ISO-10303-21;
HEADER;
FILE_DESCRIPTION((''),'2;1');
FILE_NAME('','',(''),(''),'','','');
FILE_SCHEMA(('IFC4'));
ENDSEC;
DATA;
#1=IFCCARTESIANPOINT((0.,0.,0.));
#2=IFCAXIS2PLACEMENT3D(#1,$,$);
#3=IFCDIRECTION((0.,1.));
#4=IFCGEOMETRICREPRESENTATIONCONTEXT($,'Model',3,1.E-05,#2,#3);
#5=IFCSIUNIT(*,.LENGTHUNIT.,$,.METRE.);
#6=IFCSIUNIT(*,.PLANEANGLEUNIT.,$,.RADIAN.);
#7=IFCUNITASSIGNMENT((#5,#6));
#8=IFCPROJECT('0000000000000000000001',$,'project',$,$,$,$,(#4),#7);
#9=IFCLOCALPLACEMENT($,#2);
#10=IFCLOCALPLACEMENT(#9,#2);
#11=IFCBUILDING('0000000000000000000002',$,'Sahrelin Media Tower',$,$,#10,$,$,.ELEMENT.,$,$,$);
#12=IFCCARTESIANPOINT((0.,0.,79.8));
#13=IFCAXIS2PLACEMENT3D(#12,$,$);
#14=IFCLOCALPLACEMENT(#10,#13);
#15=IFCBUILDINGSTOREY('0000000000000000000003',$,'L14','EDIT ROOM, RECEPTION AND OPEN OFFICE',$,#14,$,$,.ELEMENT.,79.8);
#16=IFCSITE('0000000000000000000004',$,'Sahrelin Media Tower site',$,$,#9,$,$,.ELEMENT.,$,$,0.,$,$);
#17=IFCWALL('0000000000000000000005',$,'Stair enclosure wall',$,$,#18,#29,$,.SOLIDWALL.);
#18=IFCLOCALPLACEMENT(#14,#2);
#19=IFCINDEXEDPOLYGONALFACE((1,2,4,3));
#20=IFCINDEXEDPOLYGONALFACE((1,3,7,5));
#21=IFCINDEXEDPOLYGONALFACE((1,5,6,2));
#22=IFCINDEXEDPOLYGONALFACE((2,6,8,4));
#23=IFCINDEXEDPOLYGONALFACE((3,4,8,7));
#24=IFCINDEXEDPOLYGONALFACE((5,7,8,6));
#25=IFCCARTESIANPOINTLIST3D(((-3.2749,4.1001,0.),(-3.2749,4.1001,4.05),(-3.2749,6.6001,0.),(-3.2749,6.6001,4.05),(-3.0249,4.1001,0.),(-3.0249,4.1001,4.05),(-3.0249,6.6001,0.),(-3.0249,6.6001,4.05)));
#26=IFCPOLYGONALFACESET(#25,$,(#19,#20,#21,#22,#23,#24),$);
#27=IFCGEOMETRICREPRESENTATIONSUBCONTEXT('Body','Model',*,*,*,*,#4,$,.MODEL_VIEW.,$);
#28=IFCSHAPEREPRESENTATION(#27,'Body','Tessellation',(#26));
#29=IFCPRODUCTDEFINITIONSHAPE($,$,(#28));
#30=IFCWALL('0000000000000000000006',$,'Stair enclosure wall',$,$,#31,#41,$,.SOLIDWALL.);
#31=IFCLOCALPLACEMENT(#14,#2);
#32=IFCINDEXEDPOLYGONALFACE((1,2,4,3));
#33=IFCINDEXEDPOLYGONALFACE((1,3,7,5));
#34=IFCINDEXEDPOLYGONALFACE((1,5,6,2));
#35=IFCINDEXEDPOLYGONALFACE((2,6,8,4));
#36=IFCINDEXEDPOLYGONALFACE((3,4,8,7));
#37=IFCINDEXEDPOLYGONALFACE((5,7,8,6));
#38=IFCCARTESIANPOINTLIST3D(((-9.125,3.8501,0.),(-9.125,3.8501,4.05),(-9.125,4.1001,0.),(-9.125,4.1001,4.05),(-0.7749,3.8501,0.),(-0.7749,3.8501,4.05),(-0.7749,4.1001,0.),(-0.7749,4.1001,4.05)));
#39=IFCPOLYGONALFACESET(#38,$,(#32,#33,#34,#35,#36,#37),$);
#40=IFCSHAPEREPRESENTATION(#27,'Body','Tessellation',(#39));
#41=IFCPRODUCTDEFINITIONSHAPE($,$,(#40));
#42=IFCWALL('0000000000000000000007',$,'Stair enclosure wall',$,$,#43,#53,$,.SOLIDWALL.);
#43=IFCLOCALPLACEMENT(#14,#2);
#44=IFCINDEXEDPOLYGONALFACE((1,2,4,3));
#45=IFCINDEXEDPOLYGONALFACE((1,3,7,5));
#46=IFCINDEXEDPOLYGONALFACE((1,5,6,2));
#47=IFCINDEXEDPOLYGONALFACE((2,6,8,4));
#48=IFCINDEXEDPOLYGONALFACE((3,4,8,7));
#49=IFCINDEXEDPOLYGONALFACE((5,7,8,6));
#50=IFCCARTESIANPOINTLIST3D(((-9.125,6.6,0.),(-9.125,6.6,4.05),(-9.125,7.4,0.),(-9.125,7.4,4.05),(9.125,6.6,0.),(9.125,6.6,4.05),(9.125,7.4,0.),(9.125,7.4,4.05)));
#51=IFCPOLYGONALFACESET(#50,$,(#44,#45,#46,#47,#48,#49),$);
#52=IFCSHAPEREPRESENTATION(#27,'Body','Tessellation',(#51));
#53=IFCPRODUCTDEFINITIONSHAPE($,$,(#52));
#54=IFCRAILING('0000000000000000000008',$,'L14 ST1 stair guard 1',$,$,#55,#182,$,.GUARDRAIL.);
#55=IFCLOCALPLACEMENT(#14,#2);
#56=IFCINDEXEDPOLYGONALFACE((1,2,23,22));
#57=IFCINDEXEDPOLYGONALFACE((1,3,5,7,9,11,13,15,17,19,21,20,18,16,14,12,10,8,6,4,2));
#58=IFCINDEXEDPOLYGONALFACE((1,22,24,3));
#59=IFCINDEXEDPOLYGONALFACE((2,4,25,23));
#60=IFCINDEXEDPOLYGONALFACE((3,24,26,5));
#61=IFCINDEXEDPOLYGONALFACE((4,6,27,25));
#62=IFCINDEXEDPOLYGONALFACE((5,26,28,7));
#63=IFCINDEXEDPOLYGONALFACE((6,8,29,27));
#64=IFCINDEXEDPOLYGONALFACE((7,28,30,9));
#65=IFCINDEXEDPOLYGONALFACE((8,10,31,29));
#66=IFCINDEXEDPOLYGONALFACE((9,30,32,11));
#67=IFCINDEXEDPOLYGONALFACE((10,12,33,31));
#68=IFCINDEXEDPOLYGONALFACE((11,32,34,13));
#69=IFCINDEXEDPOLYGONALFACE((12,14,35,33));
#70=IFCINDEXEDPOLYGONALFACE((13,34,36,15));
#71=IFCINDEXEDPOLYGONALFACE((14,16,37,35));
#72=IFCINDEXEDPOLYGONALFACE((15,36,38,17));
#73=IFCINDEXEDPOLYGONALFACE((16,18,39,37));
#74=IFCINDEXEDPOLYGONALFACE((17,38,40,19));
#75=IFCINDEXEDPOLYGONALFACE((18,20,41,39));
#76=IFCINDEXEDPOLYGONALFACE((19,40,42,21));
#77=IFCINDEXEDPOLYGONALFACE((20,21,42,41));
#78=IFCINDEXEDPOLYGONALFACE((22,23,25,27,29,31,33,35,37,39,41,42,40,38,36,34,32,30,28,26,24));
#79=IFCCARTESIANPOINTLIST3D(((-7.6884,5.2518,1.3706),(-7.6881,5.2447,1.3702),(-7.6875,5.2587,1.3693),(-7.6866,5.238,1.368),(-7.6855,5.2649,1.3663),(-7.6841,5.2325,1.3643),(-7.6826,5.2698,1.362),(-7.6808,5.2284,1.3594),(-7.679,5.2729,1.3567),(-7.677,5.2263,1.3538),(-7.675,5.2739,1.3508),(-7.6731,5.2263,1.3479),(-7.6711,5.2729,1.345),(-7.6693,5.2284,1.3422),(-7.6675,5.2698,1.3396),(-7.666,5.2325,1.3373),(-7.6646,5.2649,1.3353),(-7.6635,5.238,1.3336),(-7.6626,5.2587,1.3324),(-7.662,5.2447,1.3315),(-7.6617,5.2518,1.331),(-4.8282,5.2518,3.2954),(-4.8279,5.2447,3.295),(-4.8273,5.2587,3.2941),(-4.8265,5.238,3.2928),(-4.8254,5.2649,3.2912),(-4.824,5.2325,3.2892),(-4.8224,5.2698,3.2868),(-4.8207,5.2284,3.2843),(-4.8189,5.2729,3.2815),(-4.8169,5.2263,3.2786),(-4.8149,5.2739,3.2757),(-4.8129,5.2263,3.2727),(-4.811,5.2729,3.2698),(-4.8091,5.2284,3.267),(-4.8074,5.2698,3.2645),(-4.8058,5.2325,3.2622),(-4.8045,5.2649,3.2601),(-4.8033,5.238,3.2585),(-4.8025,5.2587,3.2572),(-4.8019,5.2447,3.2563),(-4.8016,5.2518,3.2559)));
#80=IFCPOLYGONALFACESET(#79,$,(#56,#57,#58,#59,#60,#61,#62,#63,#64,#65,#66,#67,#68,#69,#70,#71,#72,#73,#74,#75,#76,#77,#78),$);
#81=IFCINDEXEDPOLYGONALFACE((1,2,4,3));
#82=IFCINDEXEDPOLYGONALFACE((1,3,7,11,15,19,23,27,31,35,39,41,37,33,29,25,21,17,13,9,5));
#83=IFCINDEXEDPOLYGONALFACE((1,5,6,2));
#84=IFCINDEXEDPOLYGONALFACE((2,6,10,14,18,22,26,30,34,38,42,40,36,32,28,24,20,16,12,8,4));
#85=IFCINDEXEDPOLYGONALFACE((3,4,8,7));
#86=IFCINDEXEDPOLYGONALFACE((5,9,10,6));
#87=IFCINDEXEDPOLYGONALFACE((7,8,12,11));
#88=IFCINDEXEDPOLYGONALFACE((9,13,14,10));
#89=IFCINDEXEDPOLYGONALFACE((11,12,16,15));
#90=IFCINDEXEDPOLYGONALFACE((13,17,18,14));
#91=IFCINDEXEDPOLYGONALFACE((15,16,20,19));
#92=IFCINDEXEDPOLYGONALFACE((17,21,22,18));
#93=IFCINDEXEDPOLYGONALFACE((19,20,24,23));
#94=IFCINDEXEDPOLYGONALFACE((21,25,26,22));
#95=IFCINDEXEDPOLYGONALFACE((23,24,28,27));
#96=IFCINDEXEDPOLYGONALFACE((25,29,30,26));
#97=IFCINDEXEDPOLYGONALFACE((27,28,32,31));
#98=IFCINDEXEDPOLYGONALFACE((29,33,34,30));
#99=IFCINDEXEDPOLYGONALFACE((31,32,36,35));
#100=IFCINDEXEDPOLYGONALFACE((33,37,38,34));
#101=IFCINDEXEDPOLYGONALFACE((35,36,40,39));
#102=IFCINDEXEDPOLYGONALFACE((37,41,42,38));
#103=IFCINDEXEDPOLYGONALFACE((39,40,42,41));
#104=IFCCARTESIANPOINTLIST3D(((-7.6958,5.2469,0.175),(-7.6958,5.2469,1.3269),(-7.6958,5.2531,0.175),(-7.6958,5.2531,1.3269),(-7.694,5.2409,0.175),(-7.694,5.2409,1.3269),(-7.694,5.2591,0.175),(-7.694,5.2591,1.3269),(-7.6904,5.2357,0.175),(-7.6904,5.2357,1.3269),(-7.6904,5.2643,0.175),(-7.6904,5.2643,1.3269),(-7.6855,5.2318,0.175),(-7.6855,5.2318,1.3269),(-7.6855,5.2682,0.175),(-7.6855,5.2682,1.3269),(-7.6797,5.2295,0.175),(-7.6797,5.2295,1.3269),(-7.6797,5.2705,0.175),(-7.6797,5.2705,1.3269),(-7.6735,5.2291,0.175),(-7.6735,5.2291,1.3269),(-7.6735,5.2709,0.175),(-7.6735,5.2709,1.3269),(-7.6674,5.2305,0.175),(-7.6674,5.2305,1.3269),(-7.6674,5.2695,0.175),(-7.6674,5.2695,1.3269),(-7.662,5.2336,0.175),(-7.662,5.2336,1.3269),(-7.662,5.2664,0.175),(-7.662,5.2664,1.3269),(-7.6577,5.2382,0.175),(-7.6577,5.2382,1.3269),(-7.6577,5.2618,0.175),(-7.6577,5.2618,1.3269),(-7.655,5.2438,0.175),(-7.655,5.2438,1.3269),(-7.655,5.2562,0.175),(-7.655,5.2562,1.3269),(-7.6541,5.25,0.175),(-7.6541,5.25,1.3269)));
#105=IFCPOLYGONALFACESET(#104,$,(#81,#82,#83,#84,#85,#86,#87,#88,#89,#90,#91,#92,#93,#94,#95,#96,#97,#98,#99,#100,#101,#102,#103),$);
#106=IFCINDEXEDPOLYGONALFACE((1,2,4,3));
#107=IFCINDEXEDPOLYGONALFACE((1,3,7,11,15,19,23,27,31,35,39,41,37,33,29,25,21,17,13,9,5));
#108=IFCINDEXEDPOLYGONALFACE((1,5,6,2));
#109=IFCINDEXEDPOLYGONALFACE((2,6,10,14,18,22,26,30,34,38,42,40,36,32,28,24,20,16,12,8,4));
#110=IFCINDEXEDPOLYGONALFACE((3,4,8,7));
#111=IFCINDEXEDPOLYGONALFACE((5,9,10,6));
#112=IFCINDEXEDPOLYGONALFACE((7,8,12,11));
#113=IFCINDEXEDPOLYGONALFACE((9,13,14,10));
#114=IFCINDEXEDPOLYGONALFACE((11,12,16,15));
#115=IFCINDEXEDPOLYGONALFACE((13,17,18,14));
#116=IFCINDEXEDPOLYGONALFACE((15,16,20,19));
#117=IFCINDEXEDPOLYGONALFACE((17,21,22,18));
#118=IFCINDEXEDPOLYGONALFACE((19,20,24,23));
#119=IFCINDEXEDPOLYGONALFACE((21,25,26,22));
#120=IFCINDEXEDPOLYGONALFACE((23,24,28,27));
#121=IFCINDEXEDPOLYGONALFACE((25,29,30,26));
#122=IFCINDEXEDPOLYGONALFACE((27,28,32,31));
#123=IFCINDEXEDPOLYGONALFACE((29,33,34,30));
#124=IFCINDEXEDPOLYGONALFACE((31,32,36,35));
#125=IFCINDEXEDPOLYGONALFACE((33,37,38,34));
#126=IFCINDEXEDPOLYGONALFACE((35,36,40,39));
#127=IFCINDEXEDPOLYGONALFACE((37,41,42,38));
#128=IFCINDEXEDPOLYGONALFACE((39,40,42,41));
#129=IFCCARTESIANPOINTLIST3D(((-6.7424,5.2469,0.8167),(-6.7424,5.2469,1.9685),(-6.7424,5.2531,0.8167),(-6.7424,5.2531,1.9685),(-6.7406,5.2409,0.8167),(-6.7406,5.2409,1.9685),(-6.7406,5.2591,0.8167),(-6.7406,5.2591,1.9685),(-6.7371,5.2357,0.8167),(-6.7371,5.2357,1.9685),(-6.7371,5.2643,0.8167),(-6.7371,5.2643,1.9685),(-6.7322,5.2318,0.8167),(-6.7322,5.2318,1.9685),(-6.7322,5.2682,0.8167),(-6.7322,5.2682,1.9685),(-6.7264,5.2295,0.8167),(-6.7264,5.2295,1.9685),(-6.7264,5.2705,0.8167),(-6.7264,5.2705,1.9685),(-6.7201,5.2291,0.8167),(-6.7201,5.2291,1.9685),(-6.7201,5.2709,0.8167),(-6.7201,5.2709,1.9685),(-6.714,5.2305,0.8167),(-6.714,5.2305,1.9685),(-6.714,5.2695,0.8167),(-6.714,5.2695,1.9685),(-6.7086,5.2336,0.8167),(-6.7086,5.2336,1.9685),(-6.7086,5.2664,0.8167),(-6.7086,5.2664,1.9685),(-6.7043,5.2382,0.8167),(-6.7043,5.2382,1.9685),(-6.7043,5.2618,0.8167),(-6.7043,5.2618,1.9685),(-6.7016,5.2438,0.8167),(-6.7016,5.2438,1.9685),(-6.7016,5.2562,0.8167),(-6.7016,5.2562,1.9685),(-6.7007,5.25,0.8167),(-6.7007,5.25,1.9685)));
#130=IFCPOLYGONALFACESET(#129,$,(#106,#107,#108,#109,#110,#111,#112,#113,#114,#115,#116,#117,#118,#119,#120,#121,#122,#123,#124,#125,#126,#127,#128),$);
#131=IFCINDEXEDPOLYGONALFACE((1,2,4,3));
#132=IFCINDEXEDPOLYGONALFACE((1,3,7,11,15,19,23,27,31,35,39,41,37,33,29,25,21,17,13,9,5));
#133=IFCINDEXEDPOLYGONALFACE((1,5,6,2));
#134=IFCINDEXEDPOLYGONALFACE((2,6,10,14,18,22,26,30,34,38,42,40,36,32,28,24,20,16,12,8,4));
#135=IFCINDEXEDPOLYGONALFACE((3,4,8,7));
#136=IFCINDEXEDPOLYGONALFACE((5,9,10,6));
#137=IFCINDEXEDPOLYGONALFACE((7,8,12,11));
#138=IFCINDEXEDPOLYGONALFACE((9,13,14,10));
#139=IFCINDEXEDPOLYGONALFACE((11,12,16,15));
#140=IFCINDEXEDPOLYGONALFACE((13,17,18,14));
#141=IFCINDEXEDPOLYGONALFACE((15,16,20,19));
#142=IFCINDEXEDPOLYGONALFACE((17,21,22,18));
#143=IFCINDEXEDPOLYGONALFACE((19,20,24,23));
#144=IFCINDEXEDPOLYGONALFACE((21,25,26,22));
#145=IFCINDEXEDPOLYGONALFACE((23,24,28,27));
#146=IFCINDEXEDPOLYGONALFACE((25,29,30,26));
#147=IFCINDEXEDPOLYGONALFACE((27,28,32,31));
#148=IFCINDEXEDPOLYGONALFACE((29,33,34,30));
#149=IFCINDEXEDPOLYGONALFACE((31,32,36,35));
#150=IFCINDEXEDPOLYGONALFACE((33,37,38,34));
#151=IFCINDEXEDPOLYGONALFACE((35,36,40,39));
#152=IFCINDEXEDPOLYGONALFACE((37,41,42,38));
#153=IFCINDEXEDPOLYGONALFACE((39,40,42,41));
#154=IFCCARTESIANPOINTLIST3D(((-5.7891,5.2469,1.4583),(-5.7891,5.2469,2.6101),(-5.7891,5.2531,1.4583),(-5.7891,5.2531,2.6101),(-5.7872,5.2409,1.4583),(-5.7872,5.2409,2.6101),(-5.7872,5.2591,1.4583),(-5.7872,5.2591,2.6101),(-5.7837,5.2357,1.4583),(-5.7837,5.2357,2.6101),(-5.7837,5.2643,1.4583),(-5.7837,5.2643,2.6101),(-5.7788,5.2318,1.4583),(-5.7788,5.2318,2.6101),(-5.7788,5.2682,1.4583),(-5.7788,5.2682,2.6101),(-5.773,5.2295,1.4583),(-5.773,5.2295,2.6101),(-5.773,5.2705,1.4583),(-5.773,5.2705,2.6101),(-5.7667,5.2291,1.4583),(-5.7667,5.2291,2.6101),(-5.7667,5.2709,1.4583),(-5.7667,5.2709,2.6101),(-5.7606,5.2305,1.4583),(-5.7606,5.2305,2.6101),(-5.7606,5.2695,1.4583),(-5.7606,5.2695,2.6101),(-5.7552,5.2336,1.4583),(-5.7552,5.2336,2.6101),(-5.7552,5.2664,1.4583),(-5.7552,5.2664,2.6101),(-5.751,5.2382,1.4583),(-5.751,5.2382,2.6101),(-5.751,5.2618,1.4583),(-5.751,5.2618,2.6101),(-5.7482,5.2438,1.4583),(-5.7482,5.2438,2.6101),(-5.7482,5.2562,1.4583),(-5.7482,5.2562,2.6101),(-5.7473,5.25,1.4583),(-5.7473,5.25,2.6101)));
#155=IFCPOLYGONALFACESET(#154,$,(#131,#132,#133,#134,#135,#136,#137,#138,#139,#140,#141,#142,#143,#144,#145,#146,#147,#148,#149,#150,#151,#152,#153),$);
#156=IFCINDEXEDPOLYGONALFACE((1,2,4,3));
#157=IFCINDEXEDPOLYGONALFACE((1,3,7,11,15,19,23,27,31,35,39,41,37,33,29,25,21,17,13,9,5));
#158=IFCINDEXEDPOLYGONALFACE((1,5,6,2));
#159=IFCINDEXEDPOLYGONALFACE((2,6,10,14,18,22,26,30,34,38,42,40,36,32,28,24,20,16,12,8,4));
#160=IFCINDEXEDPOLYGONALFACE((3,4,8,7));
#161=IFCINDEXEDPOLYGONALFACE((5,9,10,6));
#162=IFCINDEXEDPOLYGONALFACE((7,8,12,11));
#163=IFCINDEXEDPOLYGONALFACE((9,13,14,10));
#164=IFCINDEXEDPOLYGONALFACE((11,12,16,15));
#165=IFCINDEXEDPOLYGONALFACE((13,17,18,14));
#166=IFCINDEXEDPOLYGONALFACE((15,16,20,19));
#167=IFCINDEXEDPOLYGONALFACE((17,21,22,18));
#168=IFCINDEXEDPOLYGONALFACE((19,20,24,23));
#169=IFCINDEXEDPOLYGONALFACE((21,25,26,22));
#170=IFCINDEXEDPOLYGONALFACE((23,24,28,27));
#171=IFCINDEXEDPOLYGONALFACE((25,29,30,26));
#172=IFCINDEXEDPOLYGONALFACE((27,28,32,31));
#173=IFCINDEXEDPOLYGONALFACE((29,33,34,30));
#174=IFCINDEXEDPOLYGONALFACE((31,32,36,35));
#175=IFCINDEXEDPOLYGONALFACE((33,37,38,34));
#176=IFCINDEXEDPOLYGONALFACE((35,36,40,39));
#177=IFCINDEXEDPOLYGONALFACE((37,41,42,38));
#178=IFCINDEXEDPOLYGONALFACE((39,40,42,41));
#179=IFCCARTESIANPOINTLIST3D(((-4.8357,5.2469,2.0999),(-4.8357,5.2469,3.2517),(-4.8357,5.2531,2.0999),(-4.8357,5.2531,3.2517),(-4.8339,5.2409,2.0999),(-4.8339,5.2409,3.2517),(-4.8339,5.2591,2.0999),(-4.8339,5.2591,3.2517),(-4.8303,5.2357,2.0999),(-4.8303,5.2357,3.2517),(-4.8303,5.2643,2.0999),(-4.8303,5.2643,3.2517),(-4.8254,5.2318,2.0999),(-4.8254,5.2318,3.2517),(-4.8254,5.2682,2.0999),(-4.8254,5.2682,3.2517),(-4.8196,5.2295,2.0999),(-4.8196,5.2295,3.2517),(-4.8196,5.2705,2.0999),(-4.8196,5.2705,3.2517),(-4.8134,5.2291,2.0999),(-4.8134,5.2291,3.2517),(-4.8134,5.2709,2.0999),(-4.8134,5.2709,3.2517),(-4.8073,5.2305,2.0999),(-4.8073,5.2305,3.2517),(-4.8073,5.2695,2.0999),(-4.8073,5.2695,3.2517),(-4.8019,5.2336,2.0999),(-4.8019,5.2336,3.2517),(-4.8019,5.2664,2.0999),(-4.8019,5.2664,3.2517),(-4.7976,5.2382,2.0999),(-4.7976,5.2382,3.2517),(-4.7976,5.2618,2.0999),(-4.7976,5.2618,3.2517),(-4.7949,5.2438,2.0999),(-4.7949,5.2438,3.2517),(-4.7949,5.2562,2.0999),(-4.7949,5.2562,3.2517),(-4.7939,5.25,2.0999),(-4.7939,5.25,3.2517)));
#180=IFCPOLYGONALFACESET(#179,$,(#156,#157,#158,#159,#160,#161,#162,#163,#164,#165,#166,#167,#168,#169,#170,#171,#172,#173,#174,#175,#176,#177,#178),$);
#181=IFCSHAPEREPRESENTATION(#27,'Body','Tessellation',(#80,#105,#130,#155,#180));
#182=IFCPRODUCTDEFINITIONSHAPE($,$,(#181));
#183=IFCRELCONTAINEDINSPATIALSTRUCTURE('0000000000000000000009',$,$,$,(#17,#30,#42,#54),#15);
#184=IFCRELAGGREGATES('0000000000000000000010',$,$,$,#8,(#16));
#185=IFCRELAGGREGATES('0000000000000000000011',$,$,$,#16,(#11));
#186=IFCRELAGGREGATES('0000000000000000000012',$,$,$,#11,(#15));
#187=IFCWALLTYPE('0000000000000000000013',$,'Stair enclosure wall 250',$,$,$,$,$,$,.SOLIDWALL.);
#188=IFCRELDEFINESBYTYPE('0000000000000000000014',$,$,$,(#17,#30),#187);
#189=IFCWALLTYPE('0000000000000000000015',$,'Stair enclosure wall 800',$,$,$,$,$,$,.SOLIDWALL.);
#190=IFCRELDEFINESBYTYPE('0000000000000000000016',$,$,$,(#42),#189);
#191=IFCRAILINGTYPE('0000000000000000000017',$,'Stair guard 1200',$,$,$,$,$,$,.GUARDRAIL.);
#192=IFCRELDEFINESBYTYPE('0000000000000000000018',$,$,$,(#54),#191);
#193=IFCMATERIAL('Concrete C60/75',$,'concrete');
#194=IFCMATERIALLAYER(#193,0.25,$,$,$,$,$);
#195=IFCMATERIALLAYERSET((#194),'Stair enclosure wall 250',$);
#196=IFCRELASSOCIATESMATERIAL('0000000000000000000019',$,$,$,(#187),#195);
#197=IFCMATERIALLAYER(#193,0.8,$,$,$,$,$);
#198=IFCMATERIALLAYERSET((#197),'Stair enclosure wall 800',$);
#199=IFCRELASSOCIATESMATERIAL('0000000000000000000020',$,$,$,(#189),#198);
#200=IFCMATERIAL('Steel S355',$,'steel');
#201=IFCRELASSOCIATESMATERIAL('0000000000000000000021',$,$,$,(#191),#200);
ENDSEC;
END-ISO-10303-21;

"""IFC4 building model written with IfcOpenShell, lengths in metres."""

from ifc_helpers import new_model, si_unit, direction, frame, frame_2d, origin, origin_2d, place, context, subcontext, project, spatial, rectangle, circle, extrude, material, layer, layer_set, type_object, element, save


model = new_model("IFC4")

# Units and contexts
model_context = context("Model", 3, precision=1e-05, world=origin(), true_north=direction((0.0, 1.0)))
body_context = subcontext(model_context, "Body", "Model", "MODEL_VIEW")
ifc_project = project(units=[si_unit("LENGTHUNIT", "METRE"), si_unit("PLANEANGLEUNIT", "RADIAN")], contexts=[model_context])

# Site, building, storey
site_placement = place(None, origin())
site = spatial("IfcSite", under=ifc_project, at=site_placement, Name="Sahrelin Media Tower site", CompositionType="ELEMENT", RefElevation=0.0)
building_placement = place(site_placement, origin())
building = spatial("IfcBuilding", under=site, at=building_placement, Name="Sahrelin Media Tower", CompositionType="ELEMENT")
storey_placement = place(building_placement, frame((0.0, 0.0, 79.8)))
storey = spatial("IfcBuildingStorey", under=building, at=storey_placement, Name="L14", Description="EDIT ROOM, RECEPTION AND OPEN OFFICE", CompositionType="ELEMENT", Elevation=79.8)

# Shared definitions
ifc_material_1 = material(Name="Steel S355", Category="steel")

# Shared definitions
ifc_material_2 = material(Name="Concrete C60/75", Category="concrete")

# Shared definitions
ifc_layer_1 = layer(ifc_material_2, 0.25)
ifc_layer_set_1 = layer_set([ifc_layer_1], Name="Stair enclosure wall 250")
wall_type_1 = type_object("IfcWallType", Name="Stair enclosure wall 250", PredefinedType="SOLIDWALL", material=ifc_layer_set_1)

# Walls
wall_1_placement = place(storey_placement, frame((-3.1499, 4.1001, 0.0), z_axis=(0.0, 0.0, 1.0), x_axis=(0.0, 1.0, 0.0)))
element("IfcWall", 1, at=wall_1_placement, inside=storey, type_object=wall_type_1, Name="Stair enclosure wall", PredefinedType="SOLIDWALL", context=body_context, shape_type="SweptSolid", body=[
    extrude(rectangle(XDim=2.5, YDim=0.25, at=frame_2d((1.25, 0.0))), origin(), (0.0, 0.0, 1.0), 4.05),
])
wall_2_placement = place(storey_placement, frame((-9.125, 3.9751, 0.0), z_axis=(0.0, 0.0, 1.0), x_axis=(1.0, 0.0, 0.0)))
element("IfcWall", 2, at=wall_2_placement, inside=storey, type_object=wall_type_1, Name="Stair enclosure wall", PredefinedType="SOLIDWALL", context=body_context, shape_type="SweptSolid", body=[
    extrude(rectangle(XDim=8.3501, YDim=0.25, at=frame_2d((4.175, 0.0))), origin(), (0.0, 0.0, 1.0), 4.05),
])
ifc_layer_2 = layer(ifc_material_2, 0.8)
ifc_layer_set_2 = layer_set([ifc_layer_2], Name="Stair enclosure wall 800")
wall_type_2 = type_object("IfcWallType", Name="Stair enclosure wall 800", PredefinedType="SOLIDWALL", material=ifc_layer_set_2)
wall_3_placement = place(storey_placement, frame((-9.125, 7.0, 0.0), z_axis=(0.0, 0.0, 1.0), x_axis=(1.0, 0.0, 0.0)))
element("IfcWall", 3, at=wall_3_placement, inside=storey, type_object=wall_type_2, Name="Stair enclosure wall", PredefinedType="SOLIDWALL", context=body_context, shape_type="SweptSolid", body=[
    extrude(rectangle(XDim=18.25, YDim=0.8, at=frame_2d((9.125, 0.0))), origin(), (0.0, 0.0, 1.0), 4.05),
])

# Railing
railing_type_1 = type_object("IfcRailingType", Name="Stair guard 1200", PredefinedType="GUARDRAIL", material=ifc_material_1)
railing_1_placement = place(storey_placement, frame((-7.675, 5.25, 0.175)))
element("IfcRailing", 4, at=railing_1_placement, inside=storey, type_object=railing_type_1, Name="L14 ST1 stair guard 1", PredefinedType="GUARDRAIL", context=body_context, shape_type="SweptSolid", body=[
    extrude(circle(Radius=0.0239, at=origin_2d()), frame((0.0, 0.0, 1.1758), z_axis=(0.829624, 0.0, 0.558323), x_axis=(0.0, 1.0, 0.0)), (0.0, 0.0, 1.0), 3.4475),
    extrude(circle(Radius=0.021, at=origin_2d()), origin(), (0.0, 0.0, 1.0), 1.1519),
    extrude(circle(Radius=0.021, at=origin_2d()), frame((0.9534, 0.0, 0.6416)), (0.0, 0.0, 1.0), 1.1519),
    extrude(circle(Radius=0.021, at=origin_2d()), frame((1.9067, 0.0, 1.2832)), (0.0, 0.0, 1.0), 1.1519),
    extrude(circle(Radius=0.021, at=origin_2d()), frame((2.8601, 0.0, 1.9248)), (0.0, 0.0, 1.0), 1.1519),
])

save(model, "model.ifc")
